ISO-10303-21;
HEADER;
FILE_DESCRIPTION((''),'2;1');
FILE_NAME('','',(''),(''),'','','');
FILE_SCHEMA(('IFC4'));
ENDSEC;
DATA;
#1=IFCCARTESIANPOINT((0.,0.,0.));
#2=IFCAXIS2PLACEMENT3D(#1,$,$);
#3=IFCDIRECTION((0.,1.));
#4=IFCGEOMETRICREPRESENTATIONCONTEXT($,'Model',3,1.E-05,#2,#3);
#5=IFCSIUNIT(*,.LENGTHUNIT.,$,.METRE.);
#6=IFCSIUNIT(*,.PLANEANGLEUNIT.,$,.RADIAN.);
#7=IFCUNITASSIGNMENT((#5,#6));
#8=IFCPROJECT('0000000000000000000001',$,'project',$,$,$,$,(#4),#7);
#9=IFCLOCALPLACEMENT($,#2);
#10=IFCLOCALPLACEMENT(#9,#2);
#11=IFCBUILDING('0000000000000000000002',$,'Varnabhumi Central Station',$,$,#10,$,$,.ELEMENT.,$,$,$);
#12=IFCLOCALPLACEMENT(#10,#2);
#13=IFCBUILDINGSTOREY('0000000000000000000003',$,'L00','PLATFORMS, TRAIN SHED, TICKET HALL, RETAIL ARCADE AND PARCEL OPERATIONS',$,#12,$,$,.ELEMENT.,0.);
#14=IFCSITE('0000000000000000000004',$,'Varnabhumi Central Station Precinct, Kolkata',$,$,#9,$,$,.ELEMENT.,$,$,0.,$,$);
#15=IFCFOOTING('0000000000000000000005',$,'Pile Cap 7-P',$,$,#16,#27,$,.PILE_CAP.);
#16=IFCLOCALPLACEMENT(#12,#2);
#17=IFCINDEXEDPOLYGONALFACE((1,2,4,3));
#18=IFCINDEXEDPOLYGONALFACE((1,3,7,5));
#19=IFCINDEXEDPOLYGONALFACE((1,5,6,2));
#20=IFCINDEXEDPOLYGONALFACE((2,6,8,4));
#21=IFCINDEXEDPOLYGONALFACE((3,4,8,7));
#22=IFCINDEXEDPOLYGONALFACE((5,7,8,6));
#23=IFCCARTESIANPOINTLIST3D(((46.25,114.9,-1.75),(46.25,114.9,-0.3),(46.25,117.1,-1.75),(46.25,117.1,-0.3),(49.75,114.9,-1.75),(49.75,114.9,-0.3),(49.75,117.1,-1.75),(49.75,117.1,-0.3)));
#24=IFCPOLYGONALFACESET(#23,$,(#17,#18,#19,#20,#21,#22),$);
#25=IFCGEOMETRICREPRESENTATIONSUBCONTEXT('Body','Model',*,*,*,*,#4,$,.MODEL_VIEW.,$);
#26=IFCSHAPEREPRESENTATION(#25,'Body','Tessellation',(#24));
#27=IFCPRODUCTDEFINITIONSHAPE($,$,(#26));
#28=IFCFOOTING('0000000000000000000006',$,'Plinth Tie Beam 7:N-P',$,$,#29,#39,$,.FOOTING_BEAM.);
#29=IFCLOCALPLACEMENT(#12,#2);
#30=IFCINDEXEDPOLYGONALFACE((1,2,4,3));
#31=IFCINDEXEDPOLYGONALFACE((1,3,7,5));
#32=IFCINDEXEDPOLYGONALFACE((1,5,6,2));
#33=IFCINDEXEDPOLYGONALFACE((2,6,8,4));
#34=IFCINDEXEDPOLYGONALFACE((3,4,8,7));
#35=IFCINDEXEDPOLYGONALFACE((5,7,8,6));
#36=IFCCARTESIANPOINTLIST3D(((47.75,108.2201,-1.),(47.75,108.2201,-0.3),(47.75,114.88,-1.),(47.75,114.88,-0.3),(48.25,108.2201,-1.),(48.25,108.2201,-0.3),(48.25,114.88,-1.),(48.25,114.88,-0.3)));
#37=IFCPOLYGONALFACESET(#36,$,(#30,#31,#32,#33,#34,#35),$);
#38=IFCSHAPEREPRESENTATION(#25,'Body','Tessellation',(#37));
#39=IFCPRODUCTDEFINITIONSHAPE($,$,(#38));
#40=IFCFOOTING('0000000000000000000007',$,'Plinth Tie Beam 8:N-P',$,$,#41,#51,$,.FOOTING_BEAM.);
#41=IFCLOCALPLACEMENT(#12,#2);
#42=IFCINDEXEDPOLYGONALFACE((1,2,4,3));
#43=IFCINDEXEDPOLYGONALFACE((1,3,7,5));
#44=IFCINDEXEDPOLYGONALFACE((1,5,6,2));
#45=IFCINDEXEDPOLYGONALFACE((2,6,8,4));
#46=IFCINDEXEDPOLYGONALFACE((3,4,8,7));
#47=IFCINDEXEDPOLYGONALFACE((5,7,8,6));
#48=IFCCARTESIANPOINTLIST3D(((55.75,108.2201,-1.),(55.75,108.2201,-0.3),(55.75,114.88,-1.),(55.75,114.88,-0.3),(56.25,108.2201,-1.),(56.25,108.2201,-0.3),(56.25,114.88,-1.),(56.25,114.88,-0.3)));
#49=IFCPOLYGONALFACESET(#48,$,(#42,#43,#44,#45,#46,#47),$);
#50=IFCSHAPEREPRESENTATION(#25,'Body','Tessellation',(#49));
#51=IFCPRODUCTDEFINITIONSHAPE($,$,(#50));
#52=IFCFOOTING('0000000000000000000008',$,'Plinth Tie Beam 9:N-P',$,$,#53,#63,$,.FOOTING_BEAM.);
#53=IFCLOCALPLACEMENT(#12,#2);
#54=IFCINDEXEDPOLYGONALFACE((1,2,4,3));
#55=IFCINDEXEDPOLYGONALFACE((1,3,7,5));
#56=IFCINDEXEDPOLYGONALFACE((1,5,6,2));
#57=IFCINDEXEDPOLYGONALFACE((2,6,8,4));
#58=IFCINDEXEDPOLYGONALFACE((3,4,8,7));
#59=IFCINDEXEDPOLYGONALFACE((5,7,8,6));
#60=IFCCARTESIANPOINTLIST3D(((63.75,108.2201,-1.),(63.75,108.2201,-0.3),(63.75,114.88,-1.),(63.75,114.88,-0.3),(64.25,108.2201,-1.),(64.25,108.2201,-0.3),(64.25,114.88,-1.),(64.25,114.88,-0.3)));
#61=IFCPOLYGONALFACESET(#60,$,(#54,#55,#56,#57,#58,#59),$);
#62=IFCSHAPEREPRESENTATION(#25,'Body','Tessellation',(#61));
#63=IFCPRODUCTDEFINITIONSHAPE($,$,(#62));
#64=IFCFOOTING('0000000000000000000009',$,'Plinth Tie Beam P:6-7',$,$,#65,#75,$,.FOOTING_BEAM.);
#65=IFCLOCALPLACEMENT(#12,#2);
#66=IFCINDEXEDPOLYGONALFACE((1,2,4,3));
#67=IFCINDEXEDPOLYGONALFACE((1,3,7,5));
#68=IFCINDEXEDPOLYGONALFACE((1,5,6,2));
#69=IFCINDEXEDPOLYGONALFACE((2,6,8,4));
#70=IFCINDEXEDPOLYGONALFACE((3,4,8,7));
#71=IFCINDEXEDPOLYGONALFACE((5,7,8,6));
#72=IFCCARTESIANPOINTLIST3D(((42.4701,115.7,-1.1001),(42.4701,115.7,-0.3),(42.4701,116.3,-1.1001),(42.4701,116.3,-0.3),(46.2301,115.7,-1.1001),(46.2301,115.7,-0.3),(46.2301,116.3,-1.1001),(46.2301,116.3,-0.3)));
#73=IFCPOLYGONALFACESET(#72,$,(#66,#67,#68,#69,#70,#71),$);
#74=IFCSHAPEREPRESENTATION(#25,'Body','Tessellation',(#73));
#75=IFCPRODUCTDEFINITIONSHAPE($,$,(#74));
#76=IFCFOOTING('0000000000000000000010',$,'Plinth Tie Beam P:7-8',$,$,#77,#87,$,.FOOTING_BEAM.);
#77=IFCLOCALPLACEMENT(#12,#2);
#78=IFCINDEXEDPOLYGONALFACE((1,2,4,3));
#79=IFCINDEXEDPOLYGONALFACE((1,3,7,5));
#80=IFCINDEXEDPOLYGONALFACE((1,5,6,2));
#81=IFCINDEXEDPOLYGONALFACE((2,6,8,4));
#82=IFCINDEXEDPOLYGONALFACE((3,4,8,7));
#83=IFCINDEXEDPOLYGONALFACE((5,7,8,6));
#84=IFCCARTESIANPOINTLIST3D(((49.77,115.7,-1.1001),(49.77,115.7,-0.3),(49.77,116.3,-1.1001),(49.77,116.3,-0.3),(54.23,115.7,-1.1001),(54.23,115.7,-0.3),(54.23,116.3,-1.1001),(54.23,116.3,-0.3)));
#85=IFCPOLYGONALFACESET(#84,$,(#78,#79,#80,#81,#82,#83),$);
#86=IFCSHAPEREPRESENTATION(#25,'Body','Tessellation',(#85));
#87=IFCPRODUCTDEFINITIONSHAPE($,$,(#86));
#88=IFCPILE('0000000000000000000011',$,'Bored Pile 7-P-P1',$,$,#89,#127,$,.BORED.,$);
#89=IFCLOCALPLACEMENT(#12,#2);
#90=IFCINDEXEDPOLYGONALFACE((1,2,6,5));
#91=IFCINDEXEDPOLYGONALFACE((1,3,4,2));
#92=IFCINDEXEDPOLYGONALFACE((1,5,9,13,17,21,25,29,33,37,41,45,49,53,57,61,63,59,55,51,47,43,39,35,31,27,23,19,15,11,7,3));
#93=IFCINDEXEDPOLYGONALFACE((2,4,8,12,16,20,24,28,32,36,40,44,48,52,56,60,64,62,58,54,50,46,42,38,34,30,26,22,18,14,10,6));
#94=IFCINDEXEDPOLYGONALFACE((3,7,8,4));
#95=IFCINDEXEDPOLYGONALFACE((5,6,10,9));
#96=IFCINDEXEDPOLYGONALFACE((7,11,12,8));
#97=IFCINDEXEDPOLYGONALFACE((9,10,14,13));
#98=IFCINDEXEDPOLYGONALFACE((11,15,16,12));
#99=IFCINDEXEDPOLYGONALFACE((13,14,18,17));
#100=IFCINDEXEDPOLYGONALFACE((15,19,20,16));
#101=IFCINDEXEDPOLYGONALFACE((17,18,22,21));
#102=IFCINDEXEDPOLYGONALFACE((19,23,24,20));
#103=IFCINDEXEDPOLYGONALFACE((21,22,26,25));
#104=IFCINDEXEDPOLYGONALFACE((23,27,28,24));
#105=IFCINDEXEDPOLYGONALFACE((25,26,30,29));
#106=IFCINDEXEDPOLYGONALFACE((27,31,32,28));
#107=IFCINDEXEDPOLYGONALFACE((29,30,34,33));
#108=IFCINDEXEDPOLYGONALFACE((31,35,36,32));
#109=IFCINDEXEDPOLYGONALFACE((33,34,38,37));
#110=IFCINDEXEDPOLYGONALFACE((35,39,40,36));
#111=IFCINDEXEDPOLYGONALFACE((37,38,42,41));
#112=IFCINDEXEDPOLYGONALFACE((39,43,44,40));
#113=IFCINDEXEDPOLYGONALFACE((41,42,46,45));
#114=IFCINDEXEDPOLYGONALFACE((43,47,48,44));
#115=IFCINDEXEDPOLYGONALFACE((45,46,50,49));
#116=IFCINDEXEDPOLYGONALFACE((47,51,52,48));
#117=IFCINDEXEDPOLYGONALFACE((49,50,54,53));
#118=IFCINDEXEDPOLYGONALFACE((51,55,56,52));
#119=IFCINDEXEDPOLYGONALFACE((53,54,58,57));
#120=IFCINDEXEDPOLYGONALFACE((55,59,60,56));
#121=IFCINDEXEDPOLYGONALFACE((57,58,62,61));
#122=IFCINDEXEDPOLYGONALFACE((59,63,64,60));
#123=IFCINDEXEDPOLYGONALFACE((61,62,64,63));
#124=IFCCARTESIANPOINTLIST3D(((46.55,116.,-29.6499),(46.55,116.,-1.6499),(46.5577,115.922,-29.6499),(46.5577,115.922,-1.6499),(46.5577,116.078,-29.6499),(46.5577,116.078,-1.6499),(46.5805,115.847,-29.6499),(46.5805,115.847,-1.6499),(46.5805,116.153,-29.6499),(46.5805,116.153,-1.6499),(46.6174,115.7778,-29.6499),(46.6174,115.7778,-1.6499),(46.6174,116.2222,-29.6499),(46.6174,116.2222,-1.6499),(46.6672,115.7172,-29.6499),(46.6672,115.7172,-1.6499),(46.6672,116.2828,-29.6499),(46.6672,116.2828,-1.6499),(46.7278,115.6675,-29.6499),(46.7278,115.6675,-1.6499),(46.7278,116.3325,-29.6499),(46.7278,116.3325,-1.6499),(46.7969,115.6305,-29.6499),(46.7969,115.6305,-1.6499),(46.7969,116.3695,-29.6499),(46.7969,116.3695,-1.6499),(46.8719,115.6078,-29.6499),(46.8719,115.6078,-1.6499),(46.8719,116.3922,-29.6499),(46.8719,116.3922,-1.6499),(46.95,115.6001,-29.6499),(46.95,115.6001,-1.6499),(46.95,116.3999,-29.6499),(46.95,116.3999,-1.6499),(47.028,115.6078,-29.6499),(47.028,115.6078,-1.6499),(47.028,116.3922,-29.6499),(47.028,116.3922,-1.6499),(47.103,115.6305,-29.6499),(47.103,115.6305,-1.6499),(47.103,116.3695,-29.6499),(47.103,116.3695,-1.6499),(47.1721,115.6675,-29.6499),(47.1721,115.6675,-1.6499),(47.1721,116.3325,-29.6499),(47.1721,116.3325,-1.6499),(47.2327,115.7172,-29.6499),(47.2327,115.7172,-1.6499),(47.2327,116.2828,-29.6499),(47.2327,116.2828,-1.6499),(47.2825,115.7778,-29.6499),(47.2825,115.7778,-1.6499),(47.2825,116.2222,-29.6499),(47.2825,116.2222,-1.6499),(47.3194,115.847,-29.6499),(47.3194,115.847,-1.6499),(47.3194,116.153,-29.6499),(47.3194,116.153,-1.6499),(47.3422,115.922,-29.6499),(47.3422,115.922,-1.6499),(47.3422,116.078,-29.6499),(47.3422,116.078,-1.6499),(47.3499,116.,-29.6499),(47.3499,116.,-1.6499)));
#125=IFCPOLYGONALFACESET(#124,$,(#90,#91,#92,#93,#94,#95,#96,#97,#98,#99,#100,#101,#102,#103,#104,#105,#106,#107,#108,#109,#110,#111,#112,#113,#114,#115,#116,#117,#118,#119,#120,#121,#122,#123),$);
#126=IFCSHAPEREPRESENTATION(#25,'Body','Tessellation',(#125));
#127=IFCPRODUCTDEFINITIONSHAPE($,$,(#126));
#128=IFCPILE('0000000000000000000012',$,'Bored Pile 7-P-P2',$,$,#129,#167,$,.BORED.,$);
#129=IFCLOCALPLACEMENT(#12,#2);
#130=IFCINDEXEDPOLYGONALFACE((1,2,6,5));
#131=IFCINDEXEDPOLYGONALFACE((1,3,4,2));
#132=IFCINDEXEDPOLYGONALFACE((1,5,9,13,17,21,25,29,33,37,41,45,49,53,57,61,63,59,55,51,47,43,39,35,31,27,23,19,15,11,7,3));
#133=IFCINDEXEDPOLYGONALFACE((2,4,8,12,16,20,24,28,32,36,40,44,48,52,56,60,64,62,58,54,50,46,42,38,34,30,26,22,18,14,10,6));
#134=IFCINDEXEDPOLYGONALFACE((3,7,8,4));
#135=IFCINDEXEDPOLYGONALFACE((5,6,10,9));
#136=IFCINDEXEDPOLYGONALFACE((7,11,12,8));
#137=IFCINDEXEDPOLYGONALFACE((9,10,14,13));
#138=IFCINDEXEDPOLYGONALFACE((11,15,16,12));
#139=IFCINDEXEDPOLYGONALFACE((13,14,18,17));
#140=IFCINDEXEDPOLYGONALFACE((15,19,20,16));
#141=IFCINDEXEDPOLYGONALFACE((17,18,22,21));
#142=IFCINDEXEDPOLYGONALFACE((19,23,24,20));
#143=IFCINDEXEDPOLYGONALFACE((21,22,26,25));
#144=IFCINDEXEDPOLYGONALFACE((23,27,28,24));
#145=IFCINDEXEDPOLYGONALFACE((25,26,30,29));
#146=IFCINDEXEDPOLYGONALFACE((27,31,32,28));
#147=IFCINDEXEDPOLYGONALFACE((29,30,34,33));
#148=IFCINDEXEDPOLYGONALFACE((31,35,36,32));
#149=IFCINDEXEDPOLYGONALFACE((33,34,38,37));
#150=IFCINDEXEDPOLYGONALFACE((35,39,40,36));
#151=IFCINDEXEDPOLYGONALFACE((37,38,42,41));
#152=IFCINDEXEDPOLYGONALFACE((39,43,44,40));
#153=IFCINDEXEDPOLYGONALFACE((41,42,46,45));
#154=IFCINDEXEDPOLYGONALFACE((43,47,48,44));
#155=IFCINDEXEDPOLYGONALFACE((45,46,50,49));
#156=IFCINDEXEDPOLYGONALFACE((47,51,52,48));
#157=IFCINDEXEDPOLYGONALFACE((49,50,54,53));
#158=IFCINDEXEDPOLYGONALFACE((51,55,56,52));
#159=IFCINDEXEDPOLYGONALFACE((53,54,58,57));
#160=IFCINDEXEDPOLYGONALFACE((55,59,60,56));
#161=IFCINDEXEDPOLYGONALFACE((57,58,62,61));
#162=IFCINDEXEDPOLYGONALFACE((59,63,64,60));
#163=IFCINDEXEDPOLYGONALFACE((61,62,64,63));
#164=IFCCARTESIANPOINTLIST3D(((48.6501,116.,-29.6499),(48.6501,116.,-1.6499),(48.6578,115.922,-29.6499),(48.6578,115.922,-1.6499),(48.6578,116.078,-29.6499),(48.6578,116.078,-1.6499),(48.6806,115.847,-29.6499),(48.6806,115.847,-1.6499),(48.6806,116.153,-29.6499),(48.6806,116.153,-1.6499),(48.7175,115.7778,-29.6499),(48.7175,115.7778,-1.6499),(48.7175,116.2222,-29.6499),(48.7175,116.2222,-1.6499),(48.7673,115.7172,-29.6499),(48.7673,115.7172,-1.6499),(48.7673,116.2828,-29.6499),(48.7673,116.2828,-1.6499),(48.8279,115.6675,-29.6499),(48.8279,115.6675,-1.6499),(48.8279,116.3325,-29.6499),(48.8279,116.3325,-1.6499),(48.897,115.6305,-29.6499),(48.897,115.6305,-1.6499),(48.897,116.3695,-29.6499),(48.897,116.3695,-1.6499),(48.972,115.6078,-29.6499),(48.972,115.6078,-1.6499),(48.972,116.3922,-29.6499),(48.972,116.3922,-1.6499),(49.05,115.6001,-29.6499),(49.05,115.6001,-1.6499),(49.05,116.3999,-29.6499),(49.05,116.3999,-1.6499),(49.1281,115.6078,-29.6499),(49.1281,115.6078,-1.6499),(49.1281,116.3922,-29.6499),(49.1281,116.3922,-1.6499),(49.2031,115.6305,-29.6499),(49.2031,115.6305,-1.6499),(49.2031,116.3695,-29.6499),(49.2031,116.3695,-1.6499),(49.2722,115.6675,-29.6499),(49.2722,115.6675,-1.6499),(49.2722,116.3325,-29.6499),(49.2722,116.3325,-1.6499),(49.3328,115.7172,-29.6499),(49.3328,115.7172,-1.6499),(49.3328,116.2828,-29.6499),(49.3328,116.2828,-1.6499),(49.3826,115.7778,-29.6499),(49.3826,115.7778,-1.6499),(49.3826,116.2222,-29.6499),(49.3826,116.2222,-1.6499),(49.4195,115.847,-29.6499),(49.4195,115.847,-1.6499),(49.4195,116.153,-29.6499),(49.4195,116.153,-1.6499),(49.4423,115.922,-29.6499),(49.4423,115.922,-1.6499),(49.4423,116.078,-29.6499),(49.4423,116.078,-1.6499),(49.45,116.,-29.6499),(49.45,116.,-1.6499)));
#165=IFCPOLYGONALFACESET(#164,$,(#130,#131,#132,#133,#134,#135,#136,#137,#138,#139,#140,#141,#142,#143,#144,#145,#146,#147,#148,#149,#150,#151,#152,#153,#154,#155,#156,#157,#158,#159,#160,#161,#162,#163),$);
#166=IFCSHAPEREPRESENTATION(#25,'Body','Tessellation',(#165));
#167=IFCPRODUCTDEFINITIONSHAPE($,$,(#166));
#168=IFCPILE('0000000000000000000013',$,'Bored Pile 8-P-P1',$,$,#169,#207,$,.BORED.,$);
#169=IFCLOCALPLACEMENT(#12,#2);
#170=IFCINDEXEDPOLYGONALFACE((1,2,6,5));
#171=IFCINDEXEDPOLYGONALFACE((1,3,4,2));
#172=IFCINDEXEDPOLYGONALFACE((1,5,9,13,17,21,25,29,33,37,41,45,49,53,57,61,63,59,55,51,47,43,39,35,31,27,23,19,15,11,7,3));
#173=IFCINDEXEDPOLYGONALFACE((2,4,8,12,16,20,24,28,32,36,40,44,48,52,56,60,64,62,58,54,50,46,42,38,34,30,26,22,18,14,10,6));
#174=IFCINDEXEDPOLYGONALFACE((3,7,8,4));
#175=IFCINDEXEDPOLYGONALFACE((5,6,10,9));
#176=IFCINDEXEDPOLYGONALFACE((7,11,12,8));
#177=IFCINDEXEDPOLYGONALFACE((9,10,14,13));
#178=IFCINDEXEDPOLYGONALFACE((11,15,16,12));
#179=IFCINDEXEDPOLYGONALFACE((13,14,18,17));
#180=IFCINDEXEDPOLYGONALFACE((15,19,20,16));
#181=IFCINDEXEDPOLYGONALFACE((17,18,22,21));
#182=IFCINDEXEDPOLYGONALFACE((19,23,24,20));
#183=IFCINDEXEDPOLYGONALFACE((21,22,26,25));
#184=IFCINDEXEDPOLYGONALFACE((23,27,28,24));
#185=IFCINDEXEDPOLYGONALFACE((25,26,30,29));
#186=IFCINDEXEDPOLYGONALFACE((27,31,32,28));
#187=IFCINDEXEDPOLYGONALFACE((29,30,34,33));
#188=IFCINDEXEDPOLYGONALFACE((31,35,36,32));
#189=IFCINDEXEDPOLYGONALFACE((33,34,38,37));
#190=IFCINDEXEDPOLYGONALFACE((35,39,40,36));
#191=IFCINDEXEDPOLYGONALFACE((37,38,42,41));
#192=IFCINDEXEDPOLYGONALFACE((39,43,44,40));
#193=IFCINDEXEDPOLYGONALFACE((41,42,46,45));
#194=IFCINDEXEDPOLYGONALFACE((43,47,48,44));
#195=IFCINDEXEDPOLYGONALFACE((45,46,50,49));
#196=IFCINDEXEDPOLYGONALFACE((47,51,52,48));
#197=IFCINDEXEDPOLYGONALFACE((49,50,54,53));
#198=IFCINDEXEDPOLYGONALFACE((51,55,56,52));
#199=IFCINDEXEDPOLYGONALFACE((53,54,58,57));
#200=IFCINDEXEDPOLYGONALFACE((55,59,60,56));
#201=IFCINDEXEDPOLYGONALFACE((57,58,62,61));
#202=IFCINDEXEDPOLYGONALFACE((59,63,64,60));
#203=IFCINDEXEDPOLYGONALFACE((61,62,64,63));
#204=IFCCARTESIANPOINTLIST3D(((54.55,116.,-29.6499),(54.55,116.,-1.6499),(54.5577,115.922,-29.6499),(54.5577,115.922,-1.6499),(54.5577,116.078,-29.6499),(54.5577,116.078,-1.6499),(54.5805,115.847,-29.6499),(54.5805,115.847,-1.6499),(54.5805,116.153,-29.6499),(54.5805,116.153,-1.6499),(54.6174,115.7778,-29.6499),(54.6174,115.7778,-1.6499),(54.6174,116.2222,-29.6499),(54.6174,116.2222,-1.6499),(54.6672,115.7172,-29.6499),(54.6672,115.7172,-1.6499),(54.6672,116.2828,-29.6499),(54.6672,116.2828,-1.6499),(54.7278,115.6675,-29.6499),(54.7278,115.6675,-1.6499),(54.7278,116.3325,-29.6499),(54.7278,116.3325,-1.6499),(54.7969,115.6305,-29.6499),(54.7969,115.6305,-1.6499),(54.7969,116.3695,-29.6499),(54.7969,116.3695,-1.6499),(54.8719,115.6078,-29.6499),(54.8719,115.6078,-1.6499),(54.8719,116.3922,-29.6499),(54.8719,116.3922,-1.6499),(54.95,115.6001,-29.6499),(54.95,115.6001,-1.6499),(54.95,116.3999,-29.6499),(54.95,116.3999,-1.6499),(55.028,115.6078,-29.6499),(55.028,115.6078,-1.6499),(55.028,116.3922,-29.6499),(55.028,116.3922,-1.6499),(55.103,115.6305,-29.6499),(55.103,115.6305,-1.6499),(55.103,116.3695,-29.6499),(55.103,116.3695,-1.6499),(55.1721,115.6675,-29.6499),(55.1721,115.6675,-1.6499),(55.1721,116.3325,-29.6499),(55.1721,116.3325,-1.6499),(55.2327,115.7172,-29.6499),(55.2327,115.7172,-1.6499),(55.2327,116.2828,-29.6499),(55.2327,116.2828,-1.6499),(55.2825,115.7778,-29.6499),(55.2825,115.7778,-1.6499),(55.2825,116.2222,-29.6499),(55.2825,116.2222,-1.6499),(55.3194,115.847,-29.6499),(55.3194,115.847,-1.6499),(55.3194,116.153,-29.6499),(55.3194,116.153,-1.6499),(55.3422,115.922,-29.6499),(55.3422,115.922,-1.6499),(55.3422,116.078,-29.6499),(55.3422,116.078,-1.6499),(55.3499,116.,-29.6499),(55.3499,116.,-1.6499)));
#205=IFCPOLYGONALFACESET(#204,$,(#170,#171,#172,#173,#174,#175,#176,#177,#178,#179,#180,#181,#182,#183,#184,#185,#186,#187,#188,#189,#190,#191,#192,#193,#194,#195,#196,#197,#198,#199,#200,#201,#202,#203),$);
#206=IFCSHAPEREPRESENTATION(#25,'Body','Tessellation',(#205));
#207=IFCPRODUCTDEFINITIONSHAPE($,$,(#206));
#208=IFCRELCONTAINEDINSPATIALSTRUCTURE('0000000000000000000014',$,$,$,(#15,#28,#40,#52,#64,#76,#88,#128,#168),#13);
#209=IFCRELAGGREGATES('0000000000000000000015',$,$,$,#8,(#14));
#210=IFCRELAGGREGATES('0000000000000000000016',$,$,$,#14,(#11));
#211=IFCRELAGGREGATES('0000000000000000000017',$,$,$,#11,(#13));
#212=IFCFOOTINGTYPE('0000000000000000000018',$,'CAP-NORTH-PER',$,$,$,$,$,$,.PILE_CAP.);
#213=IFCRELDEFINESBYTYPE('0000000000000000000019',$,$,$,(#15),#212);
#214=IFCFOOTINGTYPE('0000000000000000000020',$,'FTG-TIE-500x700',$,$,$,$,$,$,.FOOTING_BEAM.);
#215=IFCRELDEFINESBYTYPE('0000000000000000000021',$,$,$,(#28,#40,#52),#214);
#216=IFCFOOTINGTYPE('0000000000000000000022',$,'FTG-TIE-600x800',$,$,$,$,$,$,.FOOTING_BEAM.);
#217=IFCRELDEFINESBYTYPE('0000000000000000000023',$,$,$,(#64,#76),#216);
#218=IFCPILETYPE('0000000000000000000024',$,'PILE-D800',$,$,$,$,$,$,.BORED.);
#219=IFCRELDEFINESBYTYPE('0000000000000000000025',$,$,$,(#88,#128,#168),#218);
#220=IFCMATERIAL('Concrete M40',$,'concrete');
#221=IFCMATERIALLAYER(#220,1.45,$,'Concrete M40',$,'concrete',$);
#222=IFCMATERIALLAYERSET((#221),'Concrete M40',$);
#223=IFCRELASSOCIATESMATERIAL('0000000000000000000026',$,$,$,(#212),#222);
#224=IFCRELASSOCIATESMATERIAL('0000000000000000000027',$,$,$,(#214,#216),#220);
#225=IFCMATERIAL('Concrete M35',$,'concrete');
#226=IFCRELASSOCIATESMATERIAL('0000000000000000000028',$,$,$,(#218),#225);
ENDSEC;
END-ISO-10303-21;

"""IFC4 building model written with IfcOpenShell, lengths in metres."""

from ifc_helpers import new_model, si_unit, direction, frame, origin, origin_2d, place, context, subcontext, project, spatial, rectangle, circle, extrude, material, layer, layer_set, material_profile, profile_set, type_object, element, save


model = new_model("IFC4")

# Units and contexts
model_context = context("Model", 3, precision=1e-05, world=origin(), true_north=direction((0.0, 1.0)))
body_context = subcontext(model_context, "Body", "Model", "MODEL_VIEW")
ifc_project = project(units=[si_unit("LENGTHUNIT", "METRE"), si_unit("PLANEANGLEUNIT", "RADIAN")], contexts=[model_context])

# Site, building, storey
site_placement = place(None, origin())
site = spatial("IfcSite", under=ifc_project, at=site_placement, Name="Varnabhumi Central Station Precinct, Kolkata", CompositionType="ELEMENT", RefElevation=0.0)
building_placement = place(site_placement, origin())
building = spatial("IfcBuilding", under=site, at=building_placement, Name="Varnabhumi Central Station", CompositionType="ELEMENT")
storey_placement = place(building_placement, origin())
storey = spatial("IfcBuildingStorey", under=building, at=storey_placement, Name="L00", Description="PLATFORMS, TRAIN SHED, TICKET HALL, RETAIL ARCADE AND PARCEL OPERATIONS", CompositionType="ELEMENT", Elevation=0.0)

# Footings
ifc_material_1 = material(Name="Concrete M40", Category="concrete")
ifc_layer_1 = layer(ifc_material_1, 1.45, Name="Concrete M40", Category="concrete")
ifc_layer_set_1 = layer_set([ifc_layer_1], Name="Concrete M40")
footing_type_1 = type_object("IfcFootingType", Name="CAP-NORTH-PER", PredefinedType="PILE_CAP", material=ifc_layer_set_1)
footing_1_placement = place(storey_placement, frame((48.0, 116.0, -1.75), z_axis=(0.0, 0.0, 1.0), x_axis=(1.0, 0.0, 0.0)))
element("IfcFooting", 1, at=footing_1_placement, inside=storey, type_object=footing_type_1, Name="Pile Cap 7-P", PredefinedType="PILE_CAP", context=body_context, shape_type="SweptSolid", body=[
    extrude(rectangle(XDim=3.5, YDim=2.2, at=origin_2d()), origin(), (0.0, 0.0, 1.0), 1.45),
])
footing_type_2 = type_object("IfcFootingType", Name="FTG-TIE-500x700", PredefinedType="FOOTING_BEAM", material=ifc_material_1)
for number, where, z_axis, x_axis, name in (
    (2, (48.0, 111.55, -1.0), (0.0, 0.0, 1.0), (1.0, 0.0, 0.0), "Plinth Tie Beam 7:N-P"),
    (3, (56.0, 111.55, -1.0), (0.0, 0.0, 1.0), (1.0, 0.0, 0.0), "Plinth Tie Beam 8:N-P"),
    (4, (64.0, 111.55, -1.0), (0.0, 0.0, 1.0), (1.0, 0.0, 0.0), "Plinth Tie Beam 9:N-P"),
):
    element("IfcFooting", number, at=place(storey_placement, frame(where, z_axis=z_axis, x_axis=x_axis)), inside=storey, type_object=footing_type_2, Name=name, PredefinedType="FOOTING_BEAM", context=body_context, shape_type="SweptSolid", body=[
        extrude(rectangle(XDim=0.5, YDim=6.6599, at=origin_2d()), origin(), (0.0, 0.0, 1.0), 0.7),
    ])
footing_type_3 = type_object("IfcFootingType", Name="FTG-TIE-600x800", PredefinedType="FOOTING_BEAM", material=ifc_material_1)
footing_2_placement = place(storey_placement, frame((44.3501, 116.0, -1.1001), z_axis=(0.0, 0.0, 1.0), x_axis=(1.0, 0.0, 0.0)))
element("IfcFooting", 5, at=footing_2_placement, inside=storey, type_object=footing_type_3, Name="Plinth Tie Beam P:6-7", PredefinedType="FOOTING_BEAM", context=body_context, shape_type="SweptSolid", body=[
    extrude(rectangle(XDim=3.76, YDim=0.6001, at=origin_2d()), origin(), (0.0, 0.0, 1.0), 0.8),
])
footing_3_placement = place(storey_placement, frame((52.0, 116.0, -1.1001), z_axis=(0.0, 0.0, 1.0), x_axis=(1.0, 0.0, 0.0)))
element("IfcFooting", 6, at=footing_3_placement, inside=storey, type_object=footing_type_3, Name="Plinth Tie Beam P:7-8", PredefinedType="FOOTING_BEAM", context=body_context, shape_type="SweptSolid", body=[
    extrude(rectangle(XDim=4.46, YDim=0.6001, at=origin_2d()), origin(), (0.0, 0.0, 1.0), 0.8),
])

# Piles
ifc_material_2 = material(Name="Concrete M35", Category="concrete")
ifc_material_profile_1 = material_profile(ifc_material_2, circle(Radius=0.3999, at=origin_2d()), Name="Concrete M35", Category="concrete")
ifc_profile_set_1 = profile_set([ifc_material_profile_1], Name="Concrete M35")
pile_type = type_object("IfcPileType", Name="PILE-D800", PredefinedType="BORED", material=ifc_profile_set_1)
for number, where, z_axis, x_axis, name in (
    (7, (46.95, 116.0, -1.6499), (0.0, 0.0, -1.0), (1.0, 0.0, 0.0), "Bored Pile 7-P-P1"),
    (8, (49.05, 116.0, -1.6499), (0.0, 0.0, -1.0), (1.0, 0.0, 0.0), "Bored Pile 7-P-P2"),
    (9, (54.95, 116.0, -1.6499), (0.0, 0.0, -1.0), (1.0, 0.0, 0.0), "Bored Pile 8-P-P1"),
):
    element("IfcPile", number, at=place(storey_placement, frame(where, z_axis=z_axis, x_axis=x_axis)), inside=storey, type_object=pile_type, Name=name, PredefinedType="BORED", context=body_context, shape_type="SweptSolid", body=[
        extrude(circle(Radius=0.3999, at=origin_2d()), origin(), (0.0, 0.0, 1.0), 28.0),
    ])

save(model, "model.ifc")
